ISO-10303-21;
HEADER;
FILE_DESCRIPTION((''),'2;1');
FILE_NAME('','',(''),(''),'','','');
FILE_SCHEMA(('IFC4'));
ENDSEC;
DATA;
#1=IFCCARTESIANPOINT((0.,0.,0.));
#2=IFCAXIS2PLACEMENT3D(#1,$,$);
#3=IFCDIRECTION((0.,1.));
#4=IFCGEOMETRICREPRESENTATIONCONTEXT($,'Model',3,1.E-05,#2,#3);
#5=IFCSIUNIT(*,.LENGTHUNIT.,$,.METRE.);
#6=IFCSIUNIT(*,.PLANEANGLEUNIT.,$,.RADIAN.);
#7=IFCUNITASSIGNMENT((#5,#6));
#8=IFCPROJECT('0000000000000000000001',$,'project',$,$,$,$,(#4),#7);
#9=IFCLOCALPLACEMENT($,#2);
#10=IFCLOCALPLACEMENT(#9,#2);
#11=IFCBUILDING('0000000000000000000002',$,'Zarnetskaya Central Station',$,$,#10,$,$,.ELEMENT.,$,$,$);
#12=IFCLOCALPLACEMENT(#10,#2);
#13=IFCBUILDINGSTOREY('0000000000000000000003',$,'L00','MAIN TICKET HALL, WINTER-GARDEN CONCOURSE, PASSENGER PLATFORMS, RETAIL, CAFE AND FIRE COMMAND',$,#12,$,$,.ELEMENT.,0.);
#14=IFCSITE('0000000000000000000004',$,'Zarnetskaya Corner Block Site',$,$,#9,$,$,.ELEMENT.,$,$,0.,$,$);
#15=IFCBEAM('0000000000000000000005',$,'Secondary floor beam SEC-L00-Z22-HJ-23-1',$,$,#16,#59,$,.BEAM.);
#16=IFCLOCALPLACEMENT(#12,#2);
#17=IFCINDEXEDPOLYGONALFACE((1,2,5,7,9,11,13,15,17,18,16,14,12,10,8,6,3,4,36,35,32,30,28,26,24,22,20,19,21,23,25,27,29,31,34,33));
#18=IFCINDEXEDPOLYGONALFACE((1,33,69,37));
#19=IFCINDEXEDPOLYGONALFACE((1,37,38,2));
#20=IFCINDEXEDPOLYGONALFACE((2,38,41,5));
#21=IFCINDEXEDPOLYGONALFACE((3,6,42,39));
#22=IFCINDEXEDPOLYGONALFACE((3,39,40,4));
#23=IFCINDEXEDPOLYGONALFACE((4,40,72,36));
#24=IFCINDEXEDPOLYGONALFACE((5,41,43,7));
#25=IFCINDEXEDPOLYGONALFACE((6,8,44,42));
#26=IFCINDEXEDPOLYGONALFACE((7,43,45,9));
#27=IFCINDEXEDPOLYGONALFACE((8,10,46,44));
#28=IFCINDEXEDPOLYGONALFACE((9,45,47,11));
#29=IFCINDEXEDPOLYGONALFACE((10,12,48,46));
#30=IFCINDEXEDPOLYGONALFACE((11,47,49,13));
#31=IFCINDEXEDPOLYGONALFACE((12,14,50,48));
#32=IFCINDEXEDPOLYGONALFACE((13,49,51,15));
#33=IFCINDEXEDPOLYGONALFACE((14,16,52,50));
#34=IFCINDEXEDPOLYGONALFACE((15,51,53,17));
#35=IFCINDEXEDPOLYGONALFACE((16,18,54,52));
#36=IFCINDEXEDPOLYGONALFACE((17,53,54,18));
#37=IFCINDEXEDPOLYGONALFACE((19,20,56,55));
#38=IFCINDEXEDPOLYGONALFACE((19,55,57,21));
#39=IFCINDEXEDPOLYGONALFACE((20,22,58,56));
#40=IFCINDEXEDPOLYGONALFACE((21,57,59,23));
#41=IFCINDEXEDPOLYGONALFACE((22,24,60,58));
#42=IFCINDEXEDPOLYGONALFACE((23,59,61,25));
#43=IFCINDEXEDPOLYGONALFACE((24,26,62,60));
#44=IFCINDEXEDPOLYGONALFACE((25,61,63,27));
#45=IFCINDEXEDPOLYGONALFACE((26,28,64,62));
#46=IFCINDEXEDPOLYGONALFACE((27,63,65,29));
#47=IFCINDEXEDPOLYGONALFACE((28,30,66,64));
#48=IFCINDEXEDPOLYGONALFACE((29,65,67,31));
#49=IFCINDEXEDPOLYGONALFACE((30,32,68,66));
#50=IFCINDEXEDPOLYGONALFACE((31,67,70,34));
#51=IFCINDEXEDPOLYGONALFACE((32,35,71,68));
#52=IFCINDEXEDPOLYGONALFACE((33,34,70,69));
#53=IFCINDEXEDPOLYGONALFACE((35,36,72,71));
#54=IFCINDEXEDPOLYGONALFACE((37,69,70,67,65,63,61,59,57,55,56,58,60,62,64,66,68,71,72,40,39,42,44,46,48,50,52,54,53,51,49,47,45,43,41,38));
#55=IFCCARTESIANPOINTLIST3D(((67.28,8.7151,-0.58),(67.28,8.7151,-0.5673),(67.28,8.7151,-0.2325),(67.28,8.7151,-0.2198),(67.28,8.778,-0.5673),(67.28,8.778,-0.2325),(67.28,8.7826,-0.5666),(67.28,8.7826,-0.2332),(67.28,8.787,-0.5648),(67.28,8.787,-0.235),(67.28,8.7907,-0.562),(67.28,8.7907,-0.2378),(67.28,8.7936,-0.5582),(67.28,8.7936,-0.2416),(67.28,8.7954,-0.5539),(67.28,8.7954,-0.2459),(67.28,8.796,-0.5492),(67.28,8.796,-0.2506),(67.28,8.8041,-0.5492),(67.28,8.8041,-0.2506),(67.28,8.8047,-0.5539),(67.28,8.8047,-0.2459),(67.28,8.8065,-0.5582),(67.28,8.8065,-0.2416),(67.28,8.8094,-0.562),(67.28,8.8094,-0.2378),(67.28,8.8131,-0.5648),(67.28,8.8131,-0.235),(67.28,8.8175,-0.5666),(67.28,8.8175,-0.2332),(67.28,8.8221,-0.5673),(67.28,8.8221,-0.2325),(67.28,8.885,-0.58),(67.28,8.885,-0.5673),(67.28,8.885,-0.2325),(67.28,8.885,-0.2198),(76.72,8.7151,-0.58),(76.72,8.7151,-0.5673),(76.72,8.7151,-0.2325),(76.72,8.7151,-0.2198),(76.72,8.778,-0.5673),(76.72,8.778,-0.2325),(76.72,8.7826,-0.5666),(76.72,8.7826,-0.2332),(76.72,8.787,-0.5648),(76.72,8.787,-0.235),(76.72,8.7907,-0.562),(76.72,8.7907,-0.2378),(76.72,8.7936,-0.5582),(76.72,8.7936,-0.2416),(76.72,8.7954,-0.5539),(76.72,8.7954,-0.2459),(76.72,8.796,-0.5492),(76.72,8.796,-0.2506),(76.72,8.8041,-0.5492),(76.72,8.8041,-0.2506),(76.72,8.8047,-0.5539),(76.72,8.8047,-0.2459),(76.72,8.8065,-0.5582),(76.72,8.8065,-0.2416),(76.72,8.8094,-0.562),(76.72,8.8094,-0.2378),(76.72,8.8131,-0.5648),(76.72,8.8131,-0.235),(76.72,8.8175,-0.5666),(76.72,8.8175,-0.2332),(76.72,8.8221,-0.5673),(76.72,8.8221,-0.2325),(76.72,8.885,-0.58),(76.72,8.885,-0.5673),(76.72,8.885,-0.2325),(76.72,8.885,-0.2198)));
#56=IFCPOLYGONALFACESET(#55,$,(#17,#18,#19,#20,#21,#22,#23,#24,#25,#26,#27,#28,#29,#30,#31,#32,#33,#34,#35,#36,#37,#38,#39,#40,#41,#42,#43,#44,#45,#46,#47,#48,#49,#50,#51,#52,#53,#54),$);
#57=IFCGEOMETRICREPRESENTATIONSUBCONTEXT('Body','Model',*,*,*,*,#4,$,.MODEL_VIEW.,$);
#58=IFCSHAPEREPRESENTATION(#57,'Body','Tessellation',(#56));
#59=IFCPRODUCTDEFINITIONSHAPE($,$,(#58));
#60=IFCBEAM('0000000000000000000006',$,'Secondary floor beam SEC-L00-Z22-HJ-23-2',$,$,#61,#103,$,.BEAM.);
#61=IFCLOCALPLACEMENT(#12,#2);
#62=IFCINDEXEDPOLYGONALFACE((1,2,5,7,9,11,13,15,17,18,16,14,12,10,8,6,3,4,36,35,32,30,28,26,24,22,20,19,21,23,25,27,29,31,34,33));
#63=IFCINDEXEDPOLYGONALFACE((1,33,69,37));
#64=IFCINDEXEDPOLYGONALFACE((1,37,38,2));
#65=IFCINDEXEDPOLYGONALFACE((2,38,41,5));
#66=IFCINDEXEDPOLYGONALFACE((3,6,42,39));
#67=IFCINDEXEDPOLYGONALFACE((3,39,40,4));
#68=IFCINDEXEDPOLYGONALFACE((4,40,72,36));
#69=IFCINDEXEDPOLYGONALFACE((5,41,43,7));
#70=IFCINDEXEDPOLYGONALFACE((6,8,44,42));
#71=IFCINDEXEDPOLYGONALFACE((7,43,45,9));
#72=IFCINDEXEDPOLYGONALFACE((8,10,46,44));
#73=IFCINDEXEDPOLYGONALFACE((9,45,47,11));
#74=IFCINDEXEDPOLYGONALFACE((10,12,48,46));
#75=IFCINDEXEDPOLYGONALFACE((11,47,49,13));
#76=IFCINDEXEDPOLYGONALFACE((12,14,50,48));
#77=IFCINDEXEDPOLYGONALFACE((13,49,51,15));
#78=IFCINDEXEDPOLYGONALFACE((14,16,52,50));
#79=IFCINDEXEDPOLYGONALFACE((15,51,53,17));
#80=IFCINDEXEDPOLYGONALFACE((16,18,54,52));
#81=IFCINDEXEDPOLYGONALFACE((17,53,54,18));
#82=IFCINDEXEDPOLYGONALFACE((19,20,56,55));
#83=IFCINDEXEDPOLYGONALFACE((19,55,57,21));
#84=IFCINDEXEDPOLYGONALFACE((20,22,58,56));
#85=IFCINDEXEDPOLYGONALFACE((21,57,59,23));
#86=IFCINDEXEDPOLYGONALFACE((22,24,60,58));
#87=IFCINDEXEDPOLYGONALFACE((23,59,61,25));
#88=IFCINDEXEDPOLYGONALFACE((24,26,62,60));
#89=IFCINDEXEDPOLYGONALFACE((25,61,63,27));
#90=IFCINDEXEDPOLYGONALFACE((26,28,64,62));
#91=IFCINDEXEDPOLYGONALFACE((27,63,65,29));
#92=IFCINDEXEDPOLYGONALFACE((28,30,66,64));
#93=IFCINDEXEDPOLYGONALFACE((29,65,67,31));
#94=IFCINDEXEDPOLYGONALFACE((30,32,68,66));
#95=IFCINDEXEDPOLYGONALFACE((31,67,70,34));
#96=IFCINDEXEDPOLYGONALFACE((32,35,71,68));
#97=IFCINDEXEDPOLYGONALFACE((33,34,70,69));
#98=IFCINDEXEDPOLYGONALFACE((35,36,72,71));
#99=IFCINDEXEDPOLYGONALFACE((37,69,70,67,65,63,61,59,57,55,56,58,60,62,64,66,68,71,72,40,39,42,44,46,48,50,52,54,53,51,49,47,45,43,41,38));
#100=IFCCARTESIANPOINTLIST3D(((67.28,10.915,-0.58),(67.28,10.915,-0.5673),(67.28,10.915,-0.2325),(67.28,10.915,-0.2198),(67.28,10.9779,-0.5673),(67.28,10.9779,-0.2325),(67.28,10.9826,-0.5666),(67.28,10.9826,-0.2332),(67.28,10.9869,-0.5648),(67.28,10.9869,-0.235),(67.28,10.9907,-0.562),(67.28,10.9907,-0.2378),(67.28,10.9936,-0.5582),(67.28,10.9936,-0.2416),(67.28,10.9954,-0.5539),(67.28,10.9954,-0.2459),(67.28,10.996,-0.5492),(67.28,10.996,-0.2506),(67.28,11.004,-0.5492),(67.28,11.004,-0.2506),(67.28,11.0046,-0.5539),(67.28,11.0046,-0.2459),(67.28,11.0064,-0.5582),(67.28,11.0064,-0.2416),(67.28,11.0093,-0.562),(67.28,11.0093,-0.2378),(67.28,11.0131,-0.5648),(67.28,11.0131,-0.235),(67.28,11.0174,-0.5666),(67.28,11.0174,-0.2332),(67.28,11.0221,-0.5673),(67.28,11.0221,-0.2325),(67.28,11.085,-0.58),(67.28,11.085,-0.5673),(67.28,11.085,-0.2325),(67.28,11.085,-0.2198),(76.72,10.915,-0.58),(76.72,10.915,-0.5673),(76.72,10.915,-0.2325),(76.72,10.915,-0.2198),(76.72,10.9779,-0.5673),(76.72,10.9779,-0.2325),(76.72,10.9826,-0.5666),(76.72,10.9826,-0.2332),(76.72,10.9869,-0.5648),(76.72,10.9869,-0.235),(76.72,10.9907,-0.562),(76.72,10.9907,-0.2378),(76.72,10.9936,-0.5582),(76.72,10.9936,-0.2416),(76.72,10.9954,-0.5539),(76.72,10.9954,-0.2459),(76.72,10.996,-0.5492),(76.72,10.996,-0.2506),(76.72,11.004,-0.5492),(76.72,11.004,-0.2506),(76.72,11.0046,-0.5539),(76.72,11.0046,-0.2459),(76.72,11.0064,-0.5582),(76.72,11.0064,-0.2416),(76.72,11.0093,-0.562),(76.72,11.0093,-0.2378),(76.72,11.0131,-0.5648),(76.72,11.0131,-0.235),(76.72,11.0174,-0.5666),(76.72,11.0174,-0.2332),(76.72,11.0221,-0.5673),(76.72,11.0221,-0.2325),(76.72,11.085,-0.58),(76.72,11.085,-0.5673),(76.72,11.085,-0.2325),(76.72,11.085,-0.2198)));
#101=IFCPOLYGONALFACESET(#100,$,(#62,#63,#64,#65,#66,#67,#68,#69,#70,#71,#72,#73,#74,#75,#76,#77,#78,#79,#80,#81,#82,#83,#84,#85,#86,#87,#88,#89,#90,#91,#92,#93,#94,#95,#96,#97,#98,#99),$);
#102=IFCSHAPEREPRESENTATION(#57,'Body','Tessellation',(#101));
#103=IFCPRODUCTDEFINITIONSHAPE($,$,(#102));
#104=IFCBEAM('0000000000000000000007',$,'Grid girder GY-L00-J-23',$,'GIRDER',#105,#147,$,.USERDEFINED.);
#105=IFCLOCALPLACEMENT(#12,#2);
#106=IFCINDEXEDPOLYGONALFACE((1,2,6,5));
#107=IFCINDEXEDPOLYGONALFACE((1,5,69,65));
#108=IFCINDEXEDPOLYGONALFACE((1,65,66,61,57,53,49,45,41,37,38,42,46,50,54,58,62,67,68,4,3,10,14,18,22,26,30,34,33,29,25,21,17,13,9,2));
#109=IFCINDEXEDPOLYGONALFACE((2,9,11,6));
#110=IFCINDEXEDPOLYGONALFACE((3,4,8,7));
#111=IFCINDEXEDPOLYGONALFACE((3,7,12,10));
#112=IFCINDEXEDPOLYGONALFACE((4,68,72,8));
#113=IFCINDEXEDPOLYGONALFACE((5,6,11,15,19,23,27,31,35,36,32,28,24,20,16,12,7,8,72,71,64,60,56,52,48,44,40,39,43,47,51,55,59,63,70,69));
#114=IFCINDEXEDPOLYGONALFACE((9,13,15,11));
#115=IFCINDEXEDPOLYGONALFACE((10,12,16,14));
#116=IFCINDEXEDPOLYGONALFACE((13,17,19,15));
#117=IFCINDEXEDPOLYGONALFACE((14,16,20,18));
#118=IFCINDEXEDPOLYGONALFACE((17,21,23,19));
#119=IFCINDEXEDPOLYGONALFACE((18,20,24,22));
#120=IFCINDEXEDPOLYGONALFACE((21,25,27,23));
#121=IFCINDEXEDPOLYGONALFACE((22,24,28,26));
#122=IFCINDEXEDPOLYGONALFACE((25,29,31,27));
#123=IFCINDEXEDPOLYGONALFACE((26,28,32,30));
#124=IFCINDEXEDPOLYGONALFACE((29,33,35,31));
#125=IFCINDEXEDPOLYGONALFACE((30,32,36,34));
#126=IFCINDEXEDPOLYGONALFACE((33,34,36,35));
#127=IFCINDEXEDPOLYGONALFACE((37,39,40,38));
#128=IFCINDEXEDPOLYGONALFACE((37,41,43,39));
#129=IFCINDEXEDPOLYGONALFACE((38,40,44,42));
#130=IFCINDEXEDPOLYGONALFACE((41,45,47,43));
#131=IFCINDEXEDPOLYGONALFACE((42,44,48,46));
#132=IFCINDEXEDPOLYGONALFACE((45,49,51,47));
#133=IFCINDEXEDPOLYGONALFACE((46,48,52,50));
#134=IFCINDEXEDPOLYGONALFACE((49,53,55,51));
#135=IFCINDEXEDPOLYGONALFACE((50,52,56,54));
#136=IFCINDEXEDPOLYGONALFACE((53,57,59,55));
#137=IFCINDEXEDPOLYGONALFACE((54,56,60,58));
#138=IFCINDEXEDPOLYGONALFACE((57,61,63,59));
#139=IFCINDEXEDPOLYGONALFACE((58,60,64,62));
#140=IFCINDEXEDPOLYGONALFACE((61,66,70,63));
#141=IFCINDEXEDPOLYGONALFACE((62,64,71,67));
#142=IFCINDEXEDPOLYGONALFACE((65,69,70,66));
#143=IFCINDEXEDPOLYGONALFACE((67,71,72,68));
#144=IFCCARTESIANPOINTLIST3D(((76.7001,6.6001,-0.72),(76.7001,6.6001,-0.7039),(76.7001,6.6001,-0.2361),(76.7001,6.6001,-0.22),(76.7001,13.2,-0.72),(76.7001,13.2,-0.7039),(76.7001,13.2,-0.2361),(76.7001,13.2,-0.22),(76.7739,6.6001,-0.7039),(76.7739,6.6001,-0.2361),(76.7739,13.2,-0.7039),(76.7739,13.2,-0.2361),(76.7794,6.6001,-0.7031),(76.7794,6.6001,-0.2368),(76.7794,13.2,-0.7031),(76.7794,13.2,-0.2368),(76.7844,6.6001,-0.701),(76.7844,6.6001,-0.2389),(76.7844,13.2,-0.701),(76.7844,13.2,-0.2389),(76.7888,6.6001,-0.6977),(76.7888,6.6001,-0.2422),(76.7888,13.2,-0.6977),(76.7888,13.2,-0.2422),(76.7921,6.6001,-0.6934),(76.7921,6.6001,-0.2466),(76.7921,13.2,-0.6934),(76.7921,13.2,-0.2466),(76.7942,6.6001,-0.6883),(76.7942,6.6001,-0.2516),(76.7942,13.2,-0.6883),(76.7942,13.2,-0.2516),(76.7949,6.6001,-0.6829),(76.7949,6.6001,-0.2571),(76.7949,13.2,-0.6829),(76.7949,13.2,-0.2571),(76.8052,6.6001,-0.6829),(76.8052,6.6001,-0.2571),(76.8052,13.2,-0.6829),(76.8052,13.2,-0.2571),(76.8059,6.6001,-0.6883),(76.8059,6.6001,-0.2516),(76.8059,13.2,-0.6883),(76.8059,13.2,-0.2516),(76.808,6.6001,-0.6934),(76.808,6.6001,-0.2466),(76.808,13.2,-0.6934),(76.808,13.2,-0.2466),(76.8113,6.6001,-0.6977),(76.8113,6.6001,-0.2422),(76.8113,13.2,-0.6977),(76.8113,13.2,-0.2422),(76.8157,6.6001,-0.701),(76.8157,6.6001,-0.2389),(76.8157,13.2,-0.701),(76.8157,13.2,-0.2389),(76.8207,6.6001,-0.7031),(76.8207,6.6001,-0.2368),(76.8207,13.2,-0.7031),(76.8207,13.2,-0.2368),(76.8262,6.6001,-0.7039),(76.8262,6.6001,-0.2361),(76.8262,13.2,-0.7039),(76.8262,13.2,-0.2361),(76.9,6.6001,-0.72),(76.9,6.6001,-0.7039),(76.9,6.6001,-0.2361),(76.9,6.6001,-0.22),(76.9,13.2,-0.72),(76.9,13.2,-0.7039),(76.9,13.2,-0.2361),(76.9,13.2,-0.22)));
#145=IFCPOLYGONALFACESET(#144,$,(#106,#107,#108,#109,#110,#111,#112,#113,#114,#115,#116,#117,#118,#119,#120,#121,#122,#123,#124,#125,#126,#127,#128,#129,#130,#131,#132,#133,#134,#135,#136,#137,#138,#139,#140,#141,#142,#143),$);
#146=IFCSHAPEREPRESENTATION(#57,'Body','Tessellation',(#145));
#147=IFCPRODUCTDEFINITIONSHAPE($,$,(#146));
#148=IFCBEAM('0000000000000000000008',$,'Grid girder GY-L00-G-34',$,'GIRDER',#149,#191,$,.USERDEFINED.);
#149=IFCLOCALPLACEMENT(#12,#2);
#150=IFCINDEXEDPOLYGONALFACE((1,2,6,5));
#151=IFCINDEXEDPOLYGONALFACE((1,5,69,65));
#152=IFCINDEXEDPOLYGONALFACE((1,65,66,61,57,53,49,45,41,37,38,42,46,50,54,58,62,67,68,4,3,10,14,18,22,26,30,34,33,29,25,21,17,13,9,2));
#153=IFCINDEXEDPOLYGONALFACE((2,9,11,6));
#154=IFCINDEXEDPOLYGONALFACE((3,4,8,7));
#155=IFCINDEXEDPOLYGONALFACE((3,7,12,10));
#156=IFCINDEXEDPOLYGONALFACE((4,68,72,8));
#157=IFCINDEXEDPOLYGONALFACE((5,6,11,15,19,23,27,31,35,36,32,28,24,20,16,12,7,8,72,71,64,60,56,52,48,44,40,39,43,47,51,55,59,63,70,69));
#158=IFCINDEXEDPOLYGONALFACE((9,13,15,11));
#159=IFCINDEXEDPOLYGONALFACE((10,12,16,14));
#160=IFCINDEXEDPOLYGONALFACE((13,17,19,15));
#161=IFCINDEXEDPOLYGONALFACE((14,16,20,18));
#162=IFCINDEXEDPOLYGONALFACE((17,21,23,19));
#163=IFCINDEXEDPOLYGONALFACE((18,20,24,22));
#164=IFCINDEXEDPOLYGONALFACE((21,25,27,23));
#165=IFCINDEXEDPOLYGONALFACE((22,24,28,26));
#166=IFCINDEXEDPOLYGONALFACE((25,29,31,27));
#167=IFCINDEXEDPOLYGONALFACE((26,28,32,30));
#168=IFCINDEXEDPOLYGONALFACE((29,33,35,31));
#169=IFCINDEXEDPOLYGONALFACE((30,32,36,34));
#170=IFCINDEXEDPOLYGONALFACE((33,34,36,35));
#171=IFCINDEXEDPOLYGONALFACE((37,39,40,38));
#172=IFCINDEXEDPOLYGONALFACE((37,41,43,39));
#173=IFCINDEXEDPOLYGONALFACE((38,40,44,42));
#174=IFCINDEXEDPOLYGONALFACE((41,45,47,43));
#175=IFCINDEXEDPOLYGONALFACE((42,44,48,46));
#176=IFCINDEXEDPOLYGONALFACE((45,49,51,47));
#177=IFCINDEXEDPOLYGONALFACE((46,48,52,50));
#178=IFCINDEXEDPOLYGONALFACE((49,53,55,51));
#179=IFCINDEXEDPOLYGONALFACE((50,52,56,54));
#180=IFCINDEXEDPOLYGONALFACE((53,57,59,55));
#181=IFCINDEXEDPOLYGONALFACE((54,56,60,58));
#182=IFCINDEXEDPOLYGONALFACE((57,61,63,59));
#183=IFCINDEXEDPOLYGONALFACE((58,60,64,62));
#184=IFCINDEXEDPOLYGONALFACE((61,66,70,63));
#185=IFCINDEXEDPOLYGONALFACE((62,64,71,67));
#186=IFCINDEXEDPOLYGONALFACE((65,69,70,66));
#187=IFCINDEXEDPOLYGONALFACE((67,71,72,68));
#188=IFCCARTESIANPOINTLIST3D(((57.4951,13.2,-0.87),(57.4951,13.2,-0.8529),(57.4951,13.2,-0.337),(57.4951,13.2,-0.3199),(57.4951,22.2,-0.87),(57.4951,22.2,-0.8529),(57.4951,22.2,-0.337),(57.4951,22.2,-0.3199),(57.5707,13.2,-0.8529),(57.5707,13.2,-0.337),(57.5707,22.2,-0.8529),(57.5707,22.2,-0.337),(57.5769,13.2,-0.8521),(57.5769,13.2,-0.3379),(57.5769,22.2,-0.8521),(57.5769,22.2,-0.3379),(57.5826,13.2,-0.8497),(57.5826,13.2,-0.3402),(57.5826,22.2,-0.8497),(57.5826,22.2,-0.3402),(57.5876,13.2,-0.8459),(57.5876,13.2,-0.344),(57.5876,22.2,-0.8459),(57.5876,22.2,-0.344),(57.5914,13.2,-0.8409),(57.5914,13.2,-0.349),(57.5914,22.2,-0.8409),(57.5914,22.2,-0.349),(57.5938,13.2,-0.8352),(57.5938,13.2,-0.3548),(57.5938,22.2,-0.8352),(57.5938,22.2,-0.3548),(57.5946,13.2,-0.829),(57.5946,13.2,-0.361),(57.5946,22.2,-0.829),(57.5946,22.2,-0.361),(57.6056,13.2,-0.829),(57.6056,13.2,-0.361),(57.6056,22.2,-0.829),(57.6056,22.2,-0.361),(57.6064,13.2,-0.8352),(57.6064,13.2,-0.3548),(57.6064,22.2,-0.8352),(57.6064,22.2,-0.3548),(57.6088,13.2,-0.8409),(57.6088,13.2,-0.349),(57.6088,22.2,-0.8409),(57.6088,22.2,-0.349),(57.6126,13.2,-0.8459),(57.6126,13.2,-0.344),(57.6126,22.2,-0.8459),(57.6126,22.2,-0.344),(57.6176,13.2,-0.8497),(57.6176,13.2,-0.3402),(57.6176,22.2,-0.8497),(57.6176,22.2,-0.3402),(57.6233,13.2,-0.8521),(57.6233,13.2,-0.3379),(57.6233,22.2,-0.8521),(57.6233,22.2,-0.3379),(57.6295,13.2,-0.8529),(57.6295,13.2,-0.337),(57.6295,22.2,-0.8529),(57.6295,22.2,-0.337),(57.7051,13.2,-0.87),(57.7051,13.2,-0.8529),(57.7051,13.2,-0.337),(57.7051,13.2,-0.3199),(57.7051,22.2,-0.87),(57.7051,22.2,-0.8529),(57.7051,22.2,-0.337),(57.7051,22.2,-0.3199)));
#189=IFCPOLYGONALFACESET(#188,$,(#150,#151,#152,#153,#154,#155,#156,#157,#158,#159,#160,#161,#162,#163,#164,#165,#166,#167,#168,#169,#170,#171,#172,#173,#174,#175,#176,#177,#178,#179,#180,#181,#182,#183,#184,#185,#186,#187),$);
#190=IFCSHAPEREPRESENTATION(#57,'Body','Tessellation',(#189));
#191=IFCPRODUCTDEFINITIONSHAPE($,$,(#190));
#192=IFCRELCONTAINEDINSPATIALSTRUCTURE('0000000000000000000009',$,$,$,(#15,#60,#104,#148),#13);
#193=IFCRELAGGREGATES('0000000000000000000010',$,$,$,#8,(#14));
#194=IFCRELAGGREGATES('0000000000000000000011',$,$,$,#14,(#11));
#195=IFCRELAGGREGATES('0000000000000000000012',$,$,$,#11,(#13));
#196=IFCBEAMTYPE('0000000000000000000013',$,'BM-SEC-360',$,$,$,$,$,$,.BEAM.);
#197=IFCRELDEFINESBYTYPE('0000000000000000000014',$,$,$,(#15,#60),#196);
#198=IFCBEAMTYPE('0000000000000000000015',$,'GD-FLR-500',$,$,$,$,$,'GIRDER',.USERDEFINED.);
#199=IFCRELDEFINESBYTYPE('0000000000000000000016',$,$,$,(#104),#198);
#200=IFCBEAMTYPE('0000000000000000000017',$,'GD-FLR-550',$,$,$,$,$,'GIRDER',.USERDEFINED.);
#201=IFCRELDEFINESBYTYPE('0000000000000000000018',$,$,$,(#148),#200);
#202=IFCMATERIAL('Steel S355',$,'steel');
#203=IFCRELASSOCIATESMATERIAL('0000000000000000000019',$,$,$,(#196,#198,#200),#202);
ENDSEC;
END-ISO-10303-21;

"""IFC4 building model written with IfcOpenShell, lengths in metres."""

from ifc_helpers import new_model, si_unit, direction, frame, origin, origin_2d, place, context, subcontext, project, spatial, i_section, extrude, material, material_profile, profile_set, type_object, element, save


model = new_model("IFC4")

# Units and contexts
model_context = context("Model", 3, precision=1e-05, world=origin(), true_north=direction((0.0, 1.0)))
body_context = subcontext(model_context, "Body", "Model", "MODEL_VIEW")
ifc_project = project(units=[si_unit("LENGTHUNIT", "METRE"), si_unit("PLANEANGLEUNIT", "RADIAN")], contexts=[model_context])

# Site, building, storey
site_placement = place(None, origin())
site = spatial("IfcSite", under=ifc_project, at=site_placement, Name="Zarnetskaya Corner Block Site", CompositionType="ELEMENT", RefElevation=0.0)
building_placement = place(site_placement, origin())
building = spatial("IfcBuilding", under=site, at=building_placement, Name="Zarnetskaya Central Station", CompositionType="ELEMENT")
storey_placement = place(building_placement, origin())
storey = spatial("IfcBuildingStorey", under=building, at=storey_placement, Name="L00", Description="MAIN TICKET HALL, WINTER-GARDEN CONCOURSE, PASSENGER PLATFORMS, RETAIL, CAFE AND FIRE COMMAND", CompositionType="ELEMENT", Elevation=0.0)

# Shared definitions
ifc_material_1 = material(Name="Steel S355", Category="steel")

# Beams
ifc_material_profile_1 = material_profile(ifc_material_1, i_section(OverallWidth=0.1699, OverallDepth=0.3601, WebThickness=0.0081, FlangeThickness=0.0127, FilletRadius=0.0181, at=origin_2d()), Name="IPE 360")
ifc_profile_set_1 = profile_set([ifc_material_profile_1], Name="Steel S355")
beam_type_1 = type_object("IfcBeamType", Name="BM-SEC-360", PredefinedType="BEAM", material=ifc_profile_set_1)
for number, where, z_axis, x_axis, name in (
    (1, (67.28, 8.8, -0.3999), (1.0, 0.0, 0.0), (0.0, 1.0, 0.0), "Secondary floor beam SEC-L00-Z22-HJ-23-1"),
    (2, (67.28, 11.0, -0.3999), (1.0, 0.0, 0.0), (0.0, 1.0, 0.0), "Secondary floor beam SEC-L00-Z22-HJ-23-2"),
):
    element("IfcBeam", number, at=place(storey_placement, frame(where, z_axis=z_axis, x_axis=x_axis)), inside=storey, type_object=beam_type_1, Name=name, PredefinedType="BEAM", context=body_context, shape_type="SweptSolid", body=[
        extrude(i_section(OverallWidth=0.1699, OverallDepth=0.3601, WebThickness=0.0081, FlangeThickness=0.0127, FilletRadius=0.0181, at=origin_2d()), origin(), (0.0, 0.0, 1.0), 9.4399),
    ])
ifc_material_profile_2 = material_profile(ifc_material_1, i_section(OverallWidth=0.2, OverallDepth=0.5, WebThickness=0.0103, FlangeThickness=0.0161, FilletRadius=0.021, at=origin_2d()), Name="IPE 500")
ifc_profile_set_2 = profile_set([ifc_material_profile_2], Name="Steel S355")
beam_type_2 = type_object("IfcBeamType", Name="GD-FLR-500", ElementType="GIRDER", PredefinedType="USERDEFINED", material=ifc_profile_set_2)
beam_1_placement = place(storey_placement, frame((76.8, 6.6001, -0.47), z_axis=(0.0, 1.0, 0.0), x_axis=(-1.0, 0.0, 0.0)))
element("IfcBeam", 3, at=beam_1_placement, inside=storey, type_object=beam_type_2, Name="Grid girder GY-L00-J-23", ObjectType="GIRDER", PredefinedType="USERDEFINED", context=body_context, shape_type="SweptSolid", body=[
    extrude(i_section(OverallWidth=0.2, OverallDepth=0.5, WebThickness=0.0103, FlangeThickness=0.0161, FilletRadius=0.021, at=origin_2d()), origin(), (0.0, 0.0, 1.0), 6.5999),
])
ifc_material_profile_3 = material_profile(ifc_material_1, i_section(OverallWidth=0.21, OverallDepth=0.55, WebThickness=0.011, FlangeThickness=0.0171, FilletRadius=0.0239, at=origin_2d()), Name="IPE 550")
ifc_profile_set_3 = profile_set([ifc_material_profile_3], Name="Steel S355")
beam_type_3 = type_object("IfcBeamType", Name="GD-FLR-550", ElementType="GIRDER", PredefinedType="USERDEFINED", material=ifc_profile_set_3)
for number, where, z_axis, x_axis, name in (
    (4, (57.6001, 13.2, -0.595), (0.0, 1.0, 0.0), (-1.0, 0.0, 0.0), "Grid girder GY-L00-G-34"),
):
    element("IfcBeam", number, at=place(storey_placement, frame(where, z_axis=z_axis, x_axis=x_axis)), inside=storey, type_object=beam_type_3, Name=name, ObjectType="GIRDER", PredefinedType="USERDEFINED", context=body_context, shape_type="SweptSolid", body=[
        extrude(i_section(OverallWidth=0.21, OverallDepth=0.55, WebThickness=0.011, FlangeThickness=0.0171, FilletRadius=0.0239, at=origin_2d()), origin(), (0.0, 0.0, 1.0), 9.0),
    ])

save(model, "model.ifc")
